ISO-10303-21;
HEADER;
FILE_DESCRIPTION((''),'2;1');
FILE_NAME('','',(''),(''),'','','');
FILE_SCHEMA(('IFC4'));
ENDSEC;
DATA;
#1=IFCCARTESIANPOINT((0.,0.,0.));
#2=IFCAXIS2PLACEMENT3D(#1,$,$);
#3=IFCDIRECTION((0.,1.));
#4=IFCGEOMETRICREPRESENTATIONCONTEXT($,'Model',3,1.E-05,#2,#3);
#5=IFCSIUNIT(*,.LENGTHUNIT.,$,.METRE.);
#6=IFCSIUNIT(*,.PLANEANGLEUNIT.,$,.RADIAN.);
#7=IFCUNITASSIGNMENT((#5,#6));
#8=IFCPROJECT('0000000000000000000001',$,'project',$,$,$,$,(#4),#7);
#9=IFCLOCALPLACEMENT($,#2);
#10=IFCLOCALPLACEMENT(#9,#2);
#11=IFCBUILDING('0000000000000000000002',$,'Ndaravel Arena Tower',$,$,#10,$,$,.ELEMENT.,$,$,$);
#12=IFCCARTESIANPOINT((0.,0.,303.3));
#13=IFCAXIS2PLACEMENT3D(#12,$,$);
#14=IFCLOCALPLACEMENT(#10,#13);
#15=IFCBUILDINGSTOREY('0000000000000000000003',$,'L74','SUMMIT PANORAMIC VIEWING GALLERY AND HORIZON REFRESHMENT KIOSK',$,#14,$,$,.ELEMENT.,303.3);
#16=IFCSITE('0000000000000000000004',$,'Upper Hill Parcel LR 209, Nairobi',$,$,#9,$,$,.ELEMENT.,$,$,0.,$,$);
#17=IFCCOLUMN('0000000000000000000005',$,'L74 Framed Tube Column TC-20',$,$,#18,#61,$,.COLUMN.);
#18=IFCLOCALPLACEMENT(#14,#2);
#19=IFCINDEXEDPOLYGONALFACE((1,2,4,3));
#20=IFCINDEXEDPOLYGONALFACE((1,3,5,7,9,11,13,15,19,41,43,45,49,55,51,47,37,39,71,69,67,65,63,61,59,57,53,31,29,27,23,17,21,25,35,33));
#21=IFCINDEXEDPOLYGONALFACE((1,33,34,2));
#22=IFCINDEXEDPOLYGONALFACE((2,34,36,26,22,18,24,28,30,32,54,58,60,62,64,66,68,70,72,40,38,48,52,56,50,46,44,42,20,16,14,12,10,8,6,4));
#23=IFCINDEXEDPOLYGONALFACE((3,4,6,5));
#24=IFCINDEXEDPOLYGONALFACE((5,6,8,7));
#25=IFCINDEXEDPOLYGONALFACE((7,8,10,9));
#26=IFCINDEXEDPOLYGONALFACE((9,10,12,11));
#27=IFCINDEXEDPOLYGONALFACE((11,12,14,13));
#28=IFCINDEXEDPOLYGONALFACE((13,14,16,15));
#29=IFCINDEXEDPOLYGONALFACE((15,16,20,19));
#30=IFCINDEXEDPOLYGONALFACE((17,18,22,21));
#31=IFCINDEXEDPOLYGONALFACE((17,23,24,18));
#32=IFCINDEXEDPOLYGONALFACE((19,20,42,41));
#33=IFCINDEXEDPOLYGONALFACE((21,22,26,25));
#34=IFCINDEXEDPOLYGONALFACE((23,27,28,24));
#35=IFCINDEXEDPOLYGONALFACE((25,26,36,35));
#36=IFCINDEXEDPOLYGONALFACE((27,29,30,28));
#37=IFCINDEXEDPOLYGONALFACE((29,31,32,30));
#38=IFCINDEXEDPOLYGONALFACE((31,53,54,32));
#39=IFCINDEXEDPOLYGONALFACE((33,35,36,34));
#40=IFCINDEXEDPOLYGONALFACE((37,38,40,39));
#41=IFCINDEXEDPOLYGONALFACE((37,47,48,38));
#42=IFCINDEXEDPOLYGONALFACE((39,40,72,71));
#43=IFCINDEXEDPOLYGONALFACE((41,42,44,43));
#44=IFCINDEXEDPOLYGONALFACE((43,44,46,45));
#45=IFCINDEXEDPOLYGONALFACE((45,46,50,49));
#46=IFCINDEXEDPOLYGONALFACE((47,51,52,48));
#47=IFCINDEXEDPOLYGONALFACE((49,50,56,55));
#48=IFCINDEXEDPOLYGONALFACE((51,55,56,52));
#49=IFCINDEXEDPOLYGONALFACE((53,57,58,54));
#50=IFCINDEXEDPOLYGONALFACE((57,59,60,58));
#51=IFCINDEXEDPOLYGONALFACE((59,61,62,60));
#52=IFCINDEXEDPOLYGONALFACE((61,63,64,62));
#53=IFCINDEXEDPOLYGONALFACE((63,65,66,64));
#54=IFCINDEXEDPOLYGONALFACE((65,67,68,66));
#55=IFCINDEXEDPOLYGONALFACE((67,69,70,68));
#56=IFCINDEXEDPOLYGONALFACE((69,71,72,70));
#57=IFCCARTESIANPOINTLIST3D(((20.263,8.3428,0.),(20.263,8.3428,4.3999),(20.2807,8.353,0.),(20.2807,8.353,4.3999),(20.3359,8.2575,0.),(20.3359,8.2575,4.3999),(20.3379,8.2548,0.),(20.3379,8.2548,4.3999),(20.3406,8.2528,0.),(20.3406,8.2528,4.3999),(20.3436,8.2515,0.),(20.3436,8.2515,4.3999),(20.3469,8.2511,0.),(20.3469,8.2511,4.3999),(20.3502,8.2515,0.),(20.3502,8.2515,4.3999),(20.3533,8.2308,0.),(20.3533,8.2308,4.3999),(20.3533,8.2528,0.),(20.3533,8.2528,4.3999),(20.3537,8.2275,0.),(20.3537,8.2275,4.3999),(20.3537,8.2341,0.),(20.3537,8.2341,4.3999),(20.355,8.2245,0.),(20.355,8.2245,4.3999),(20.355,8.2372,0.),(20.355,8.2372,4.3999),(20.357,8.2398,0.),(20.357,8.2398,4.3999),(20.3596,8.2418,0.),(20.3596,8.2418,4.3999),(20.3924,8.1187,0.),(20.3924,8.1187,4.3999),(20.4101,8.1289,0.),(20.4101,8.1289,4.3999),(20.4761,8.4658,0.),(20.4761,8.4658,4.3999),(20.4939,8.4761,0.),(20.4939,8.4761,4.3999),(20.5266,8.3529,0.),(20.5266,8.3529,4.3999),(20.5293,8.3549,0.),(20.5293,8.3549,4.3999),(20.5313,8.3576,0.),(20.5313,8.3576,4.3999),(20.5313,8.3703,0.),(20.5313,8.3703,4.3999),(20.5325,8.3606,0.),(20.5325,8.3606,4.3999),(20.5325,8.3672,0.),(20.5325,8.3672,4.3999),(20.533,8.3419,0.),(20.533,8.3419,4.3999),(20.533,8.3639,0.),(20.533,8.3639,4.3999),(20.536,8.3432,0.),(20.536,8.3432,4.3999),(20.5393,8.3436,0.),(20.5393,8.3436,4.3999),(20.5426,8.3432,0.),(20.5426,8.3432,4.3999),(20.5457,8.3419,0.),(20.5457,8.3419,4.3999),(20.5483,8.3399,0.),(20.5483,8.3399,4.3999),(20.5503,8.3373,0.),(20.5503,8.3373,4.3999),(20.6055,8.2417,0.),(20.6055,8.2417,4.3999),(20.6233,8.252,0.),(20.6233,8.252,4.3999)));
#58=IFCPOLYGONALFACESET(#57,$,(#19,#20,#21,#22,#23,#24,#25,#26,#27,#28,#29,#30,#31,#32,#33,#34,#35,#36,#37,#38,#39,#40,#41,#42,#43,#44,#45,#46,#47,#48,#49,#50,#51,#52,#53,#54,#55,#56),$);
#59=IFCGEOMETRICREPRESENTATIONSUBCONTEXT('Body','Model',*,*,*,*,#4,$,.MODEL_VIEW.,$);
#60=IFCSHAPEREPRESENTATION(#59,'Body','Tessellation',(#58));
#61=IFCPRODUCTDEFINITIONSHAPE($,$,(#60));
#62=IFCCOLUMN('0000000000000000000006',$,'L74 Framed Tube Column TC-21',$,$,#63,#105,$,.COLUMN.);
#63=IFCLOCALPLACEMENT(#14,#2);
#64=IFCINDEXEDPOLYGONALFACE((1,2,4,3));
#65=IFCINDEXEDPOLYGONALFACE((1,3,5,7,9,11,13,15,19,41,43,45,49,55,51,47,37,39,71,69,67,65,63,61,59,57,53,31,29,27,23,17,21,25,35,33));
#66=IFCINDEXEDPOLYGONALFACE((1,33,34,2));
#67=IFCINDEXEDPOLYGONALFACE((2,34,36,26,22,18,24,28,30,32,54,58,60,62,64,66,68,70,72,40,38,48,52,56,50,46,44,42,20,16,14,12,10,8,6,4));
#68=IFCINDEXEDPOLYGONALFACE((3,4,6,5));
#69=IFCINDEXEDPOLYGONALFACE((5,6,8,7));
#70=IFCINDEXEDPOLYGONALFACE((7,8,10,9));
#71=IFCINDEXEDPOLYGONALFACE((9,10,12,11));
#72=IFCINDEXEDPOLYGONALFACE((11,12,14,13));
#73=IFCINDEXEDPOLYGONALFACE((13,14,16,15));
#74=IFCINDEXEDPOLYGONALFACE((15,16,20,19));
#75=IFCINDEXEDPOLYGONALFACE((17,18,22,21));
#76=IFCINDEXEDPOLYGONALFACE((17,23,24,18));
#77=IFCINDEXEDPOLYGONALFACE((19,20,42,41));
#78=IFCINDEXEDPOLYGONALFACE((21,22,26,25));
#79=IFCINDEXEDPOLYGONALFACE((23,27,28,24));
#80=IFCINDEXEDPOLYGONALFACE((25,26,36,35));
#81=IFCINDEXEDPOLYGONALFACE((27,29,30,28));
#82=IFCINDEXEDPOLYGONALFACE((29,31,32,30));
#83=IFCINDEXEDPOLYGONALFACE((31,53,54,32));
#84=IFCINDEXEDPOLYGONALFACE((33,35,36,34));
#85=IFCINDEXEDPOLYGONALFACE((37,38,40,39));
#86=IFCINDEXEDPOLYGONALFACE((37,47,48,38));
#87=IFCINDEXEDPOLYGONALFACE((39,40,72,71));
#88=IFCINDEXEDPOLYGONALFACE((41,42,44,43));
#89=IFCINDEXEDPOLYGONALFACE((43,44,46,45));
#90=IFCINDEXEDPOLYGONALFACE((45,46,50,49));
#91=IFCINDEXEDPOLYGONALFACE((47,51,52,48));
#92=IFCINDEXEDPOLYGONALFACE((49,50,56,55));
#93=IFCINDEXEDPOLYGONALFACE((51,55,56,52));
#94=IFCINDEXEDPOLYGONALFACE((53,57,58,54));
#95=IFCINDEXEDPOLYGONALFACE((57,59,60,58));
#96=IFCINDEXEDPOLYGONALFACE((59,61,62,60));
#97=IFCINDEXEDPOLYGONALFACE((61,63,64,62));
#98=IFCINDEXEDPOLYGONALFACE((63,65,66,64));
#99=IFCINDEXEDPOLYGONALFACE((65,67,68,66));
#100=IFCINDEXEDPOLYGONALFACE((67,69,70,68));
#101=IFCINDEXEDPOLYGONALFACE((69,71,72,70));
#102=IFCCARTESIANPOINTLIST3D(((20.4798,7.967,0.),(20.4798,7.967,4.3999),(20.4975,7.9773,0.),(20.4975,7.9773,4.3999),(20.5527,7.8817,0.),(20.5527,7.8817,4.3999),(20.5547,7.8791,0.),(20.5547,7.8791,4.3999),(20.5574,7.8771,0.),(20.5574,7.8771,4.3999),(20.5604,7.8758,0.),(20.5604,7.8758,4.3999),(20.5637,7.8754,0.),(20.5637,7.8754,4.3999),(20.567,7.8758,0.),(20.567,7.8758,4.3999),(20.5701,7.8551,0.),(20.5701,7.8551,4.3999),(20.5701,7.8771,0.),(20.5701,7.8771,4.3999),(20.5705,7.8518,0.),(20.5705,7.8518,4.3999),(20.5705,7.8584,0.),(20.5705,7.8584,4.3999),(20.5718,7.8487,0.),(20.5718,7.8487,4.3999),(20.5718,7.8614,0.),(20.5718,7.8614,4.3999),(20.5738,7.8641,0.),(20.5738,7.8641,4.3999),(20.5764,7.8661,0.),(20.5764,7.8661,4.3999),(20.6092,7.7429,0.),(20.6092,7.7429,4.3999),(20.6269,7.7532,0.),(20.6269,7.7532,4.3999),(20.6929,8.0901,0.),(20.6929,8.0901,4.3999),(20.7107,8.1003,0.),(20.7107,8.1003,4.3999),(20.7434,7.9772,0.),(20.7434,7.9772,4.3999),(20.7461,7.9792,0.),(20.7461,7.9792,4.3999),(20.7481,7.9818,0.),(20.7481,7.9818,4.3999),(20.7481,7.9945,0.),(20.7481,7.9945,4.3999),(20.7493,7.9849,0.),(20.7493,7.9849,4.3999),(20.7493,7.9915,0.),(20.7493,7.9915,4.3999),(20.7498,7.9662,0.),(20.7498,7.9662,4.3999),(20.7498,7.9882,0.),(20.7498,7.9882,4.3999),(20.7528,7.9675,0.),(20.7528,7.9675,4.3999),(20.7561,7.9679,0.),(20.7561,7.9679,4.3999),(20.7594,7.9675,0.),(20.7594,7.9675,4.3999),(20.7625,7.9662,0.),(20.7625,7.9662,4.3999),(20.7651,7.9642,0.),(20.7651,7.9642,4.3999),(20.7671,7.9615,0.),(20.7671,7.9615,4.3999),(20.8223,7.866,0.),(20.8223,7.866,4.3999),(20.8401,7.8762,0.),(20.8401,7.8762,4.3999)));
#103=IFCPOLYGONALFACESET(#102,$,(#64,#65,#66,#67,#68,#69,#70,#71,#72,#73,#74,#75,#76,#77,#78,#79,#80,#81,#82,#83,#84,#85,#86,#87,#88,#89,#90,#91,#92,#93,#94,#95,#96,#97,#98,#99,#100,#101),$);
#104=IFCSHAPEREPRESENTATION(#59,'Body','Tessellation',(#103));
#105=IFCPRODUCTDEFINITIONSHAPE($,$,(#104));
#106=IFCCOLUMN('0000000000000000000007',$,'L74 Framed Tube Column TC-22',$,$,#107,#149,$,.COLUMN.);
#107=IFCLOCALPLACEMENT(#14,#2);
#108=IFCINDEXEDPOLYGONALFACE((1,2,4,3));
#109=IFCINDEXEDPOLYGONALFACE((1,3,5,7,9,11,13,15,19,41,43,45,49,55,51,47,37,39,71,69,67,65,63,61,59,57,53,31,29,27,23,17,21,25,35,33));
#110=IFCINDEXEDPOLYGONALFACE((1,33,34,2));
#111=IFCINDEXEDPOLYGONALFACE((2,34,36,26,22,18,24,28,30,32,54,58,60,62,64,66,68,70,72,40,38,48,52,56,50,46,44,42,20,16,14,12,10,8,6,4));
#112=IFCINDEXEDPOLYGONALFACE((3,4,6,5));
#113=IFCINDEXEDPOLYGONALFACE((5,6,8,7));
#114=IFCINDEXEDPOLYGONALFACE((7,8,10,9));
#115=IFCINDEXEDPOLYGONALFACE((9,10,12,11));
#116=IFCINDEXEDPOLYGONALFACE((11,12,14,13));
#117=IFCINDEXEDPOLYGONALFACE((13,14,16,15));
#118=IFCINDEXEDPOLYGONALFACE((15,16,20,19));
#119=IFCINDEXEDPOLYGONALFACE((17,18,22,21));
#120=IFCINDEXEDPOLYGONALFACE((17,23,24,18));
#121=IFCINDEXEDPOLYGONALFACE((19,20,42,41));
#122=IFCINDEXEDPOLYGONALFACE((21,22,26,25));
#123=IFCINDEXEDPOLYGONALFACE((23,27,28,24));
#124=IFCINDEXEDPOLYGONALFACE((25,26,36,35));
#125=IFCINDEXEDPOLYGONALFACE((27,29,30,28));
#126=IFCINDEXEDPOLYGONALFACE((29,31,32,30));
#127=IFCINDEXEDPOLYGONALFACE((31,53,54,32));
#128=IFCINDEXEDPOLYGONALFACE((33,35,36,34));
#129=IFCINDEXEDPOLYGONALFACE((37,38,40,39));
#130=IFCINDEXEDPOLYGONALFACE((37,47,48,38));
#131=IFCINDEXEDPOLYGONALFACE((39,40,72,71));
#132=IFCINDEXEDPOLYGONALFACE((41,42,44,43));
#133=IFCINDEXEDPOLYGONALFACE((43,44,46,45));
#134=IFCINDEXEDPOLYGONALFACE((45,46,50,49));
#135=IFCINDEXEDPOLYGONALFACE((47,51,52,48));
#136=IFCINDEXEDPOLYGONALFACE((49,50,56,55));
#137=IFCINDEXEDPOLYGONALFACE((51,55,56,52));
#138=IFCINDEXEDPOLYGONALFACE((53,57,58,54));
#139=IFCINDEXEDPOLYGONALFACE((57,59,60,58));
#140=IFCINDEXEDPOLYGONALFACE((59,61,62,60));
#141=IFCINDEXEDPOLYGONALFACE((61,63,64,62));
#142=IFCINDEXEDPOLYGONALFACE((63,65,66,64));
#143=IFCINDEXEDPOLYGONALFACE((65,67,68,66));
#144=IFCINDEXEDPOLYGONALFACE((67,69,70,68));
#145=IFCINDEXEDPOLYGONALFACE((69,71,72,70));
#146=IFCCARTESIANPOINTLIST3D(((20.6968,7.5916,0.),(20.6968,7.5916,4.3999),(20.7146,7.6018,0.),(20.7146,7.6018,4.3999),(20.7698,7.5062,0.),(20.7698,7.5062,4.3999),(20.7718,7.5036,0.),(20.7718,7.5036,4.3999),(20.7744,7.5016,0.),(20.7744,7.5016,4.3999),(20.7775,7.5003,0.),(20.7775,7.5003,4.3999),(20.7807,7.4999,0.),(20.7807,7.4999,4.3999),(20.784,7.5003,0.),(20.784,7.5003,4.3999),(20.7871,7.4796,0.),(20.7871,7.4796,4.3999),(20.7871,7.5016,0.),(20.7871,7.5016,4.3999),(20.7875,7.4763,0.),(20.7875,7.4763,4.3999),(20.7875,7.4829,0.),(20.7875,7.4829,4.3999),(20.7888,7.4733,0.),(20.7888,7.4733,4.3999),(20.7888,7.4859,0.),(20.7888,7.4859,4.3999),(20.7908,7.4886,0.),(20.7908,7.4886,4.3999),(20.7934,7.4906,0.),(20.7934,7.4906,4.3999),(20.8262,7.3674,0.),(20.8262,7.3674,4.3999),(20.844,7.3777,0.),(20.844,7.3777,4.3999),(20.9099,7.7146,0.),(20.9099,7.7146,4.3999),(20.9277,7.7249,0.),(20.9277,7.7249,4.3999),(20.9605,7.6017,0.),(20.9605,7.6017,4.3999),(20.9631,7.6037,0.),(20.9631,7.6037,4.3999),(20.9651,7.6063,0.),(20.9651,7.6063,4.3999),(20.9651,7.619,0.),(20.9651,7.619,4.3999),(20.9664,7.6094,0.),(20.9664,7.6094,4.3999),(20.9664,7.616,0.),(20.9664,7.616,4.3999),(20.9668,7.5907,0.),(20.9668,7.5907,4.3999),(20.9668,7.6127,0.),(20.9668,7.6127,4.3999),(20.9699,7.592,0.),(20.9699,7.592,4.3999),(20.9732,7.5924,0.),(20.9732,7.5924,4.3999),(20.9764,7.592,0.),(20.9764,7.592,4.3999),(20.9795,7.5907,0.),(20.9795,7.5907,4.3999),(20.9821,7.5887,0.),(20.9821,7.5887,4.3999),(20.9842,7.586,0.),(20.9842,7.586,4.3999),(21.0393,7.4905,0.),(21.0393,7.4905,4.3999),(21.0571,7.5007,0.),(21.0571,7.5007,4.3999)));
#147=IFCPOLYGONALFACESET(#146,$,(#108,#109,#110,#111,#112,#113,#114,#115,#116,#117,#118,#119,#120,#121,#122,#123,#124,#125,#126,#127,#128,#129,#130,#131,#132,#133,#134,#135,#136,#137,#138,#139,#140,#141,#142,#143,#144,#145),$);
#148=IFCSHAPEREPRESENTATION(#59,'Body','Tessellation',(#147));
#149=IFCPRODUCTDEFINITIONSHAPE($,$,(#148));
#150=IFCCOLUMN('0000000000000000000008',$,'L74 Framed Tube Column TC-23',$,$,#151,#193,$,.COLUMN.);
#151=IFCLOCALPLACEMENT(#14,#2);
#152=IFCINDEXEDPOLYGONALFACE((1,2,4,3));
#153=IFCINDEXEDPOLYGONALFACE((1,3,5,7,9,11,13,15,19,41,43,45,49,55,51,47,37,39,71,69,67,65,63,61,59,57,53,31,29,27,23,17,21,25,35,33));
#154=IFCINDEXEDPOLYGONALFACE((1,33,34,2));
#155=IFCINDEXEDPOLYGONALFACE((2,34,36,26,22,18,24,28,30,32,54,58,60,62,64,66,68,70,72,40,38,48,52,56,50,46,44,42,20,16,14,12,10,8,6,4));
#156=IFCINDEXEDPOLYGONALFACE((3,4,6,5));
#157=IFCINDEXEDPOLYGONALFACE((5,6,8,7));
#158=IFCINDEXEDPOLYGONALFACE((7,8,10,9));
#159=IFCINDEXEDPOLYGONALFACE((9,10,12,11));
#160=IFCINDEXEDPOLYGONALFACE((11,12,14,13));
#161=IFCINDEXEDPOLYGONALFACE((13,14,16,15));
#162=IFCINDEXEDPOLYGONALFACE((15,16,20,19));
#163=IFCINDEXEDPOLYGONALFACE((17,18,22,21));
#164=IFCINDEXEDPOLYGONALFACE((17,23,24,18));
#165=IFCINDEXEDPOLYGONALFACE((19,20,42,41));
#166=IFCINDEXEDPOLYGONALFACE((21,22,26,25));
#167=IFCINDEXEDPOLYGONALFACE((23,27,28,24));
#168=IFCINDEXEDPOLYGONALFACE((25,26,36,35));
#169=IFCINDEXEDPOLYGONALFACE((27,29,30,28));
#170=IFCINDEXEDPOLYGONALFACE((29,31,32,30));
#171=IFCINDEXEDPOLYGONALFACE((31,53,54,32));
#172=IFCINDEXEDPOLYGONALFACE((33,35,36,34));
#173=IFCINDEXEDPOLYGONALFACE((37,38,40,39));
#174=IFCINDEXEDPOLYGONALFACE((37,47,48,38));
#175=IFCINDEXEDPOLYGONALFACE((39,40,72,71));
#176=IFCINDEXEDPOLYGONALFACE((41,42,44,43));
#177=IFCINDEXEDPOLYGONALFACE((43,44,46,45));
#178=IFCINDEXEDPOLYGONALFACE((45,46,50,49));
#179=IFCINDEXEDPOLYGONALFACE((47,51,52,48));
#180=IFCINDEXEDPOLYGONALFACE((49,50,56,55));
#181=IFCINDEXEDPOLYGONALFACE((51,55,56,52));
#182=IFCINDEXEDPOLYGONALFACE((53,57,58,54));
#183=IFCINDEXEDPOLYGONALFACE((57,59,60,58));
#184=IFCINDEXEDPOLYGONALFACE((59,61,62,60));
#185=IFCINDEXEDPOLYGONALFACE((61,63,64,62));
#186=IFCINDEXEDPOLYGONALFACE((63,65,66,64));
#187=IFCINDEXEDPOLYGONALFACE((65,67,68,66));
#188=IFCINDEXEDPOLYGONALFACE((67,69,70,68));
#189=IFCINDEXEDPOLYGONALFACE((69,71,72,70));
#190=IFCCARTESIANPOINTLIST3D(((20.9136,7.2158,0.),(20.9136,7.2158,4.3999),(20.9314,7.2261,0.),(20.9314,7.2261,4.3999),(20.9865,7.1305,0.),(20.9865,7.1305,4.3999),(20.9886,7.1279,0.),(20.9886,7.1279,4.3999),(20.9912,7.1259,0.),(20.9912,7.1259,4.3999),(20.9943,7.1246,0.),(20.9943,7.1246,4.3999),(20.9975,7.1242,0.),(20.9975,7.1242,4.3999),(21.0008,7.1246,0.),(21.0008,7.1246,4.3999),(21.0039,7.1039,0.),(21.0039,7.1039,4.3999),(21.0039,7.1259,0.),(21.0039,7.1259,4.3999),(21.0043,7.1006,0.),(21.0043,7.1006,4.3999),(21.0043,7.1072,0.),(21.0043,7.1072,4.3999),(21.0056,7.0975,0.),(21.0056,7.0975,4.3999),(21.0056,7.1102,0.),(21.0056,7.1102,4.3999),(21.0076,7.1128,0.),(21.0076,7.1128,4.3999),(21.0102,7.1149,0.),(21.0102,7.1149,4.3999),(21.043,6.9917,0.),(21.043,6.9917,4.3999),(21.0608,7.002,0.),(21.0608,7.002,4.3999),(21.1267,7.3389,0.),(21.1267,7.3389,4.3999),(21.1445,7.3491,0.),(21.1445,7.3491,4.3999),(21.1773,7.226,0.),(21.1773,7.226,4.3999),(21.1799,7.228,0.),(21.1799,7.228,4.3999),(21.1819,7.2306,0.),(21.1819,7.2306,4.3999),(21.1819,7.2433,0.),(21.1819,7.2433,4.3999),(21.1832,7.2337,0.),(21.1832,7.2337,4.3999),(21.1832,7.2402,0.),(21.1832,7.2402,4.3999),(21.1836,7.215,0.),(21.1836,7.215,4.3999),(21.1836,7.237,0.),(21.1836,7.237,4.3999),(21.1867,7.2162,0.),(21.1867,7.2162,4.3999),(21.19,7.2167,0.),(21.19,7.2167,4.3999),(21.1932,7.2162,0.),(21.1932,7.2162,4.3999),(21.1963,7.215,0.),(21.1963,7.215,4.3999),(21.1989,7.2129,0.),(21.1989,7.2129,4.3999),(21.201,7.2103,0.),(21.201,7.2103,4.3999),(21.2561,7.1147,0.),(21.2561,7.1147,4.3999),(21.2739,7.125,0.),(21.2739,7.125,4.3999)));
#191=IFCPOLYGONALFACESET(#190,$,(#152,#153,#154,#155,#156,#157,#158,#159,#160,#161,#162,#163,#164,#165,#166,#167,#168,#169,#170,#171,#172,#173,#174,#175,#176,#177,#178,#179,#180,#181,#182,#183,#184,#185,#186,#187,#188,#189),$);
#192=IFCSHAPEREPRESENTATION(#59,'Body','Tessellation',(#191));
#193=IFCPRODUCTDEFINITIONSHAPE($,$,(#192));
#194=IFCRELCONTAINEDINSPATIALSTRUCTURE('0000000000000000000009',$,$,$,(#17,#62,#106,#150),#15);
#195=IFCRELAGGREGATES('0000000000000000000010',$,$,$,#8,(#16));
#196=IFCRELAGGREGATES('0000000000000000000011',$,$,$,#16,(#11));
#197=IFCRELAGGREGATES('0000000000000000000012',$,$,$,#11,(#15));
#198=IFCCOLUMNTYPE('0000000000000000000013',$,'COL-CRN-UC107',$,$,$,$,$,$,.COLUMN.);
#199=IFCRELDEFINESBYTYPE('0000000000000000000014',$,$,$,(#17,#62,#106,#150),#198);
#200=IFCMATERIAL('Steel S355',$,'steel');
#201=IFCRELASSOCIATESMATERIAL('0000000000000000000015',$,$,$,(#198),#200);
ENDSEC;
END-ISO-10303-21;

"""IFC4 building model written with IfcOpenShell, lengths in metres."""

from ifc_helpers import new_model, si_unit, direction, frame, origin, origin_2d, place, context, subcontext, project, spatial, i_section, extrude, material, material_profile, profile_set, type_object, element, save


model = new_model("IFC4")

# Units and contexts
model_context = context("Model", 3, precision=1e-05, world=origin(), true_north=direction((0.0, 1.0)))
body_context = subcontext(model_context, "Body", "Model", "MODEL_VIEW")
ifc_project = project(units=[si_unit("LENGTHUNIT", "METRE"), si_unit("PLANEANGLEUNIT", "RADIAN")], contexts=[model_context])

# Site, building, storey
site_placement = place(None, origin())
site = spatial("IfcSite", under=ifc_project, at=site_placement, Name="Upper Hill Parcel LR 209, Nairobi", CompositionType="ELEMENT", RefElevation=0.0)
building_placement = place(site_placement, origin())
building = spatial("IfcBuilding", under=site, at=building_placement, Name="Ndaravel Arena Tower", CompositionType="ELEMENT")
storey_placement = place(building_placement, frame((0.0, 0.0, 303.3)))
storey = spatial("IfcBuildingStorey", under=building, at=storey_placement, Name="L74", Description="SUMMIT PANORAMIC VIEWING GALLERY AND HORIZON REFRESHMENT KIOSK", CompositionType="ELEMENT", Elevation=303.3)

# Columns
ifc_material_1 = material(Name="Steel S355", Category="steel")
ifc_material_profile_1 = material_profile(ifc_material_1, i_section(OverallWidth=0.2588, OverallDepth=0.2666, WebThickness=0.0127, FlangeThickness=0.0205, FilletRadius=0.0127, at=origin_2d()), Name="UC 254x254x107")
ifc_profile_set_1 = profile_set([ifc_material_profile_1], Name="Steel S355")
column_type = type_object("IfcColumnType", Name="COL-CRN-UC107", PredefinedType="COLUMN", material=ifc_profile_set_1)
for number, where, z_axis, x_axis, name in (
    (1, (20.4431, 8.2974, 0.0), (0.0, 0.0, 1.0), (-0.5, 0.866025, 0.0), "L74 Framed Tube Column TC-20"),
    (2, (20.6599, 7.9216, 0.0), (0.0, 0.0, 1.0), (-0.5, 0.866025, 0.0), "L74 Framed Tube Column TC-21"),
    (3, (20.877, 7.5461, 0.0), (0.0, 0.0, 1.0), (-0.5, 0.866025, 0.0), "L74 Framed Tube Column TC-22"),
    (4, (21.0938, 7.1704, 0.0), (0.0, 0.0, 1.0), (-0.5, 0.866025, 0.0), "L74 Framed Tube Column TC-23"),
):
    element("IfcColumn", number, at=place(storey_placement, frame(where, z_axis=z_axis, x_axis=x_axis)), inside=storey, type_object=column_type, Name=name, PredefinedType="COLUMN", context=body_context, shape_type="SweptSolid", body=[
        extrude(i_section(OverallWidth=0.2588, OverallDepth=0.2666, WebThickness=0.0127, FlangeThickness=0.0205, FilletRadius=0.0127, at=origin_2d()), origin(), (0.0, 0.0, 1.0), 4.3999),
    ])

save(model, "model.ifc")
